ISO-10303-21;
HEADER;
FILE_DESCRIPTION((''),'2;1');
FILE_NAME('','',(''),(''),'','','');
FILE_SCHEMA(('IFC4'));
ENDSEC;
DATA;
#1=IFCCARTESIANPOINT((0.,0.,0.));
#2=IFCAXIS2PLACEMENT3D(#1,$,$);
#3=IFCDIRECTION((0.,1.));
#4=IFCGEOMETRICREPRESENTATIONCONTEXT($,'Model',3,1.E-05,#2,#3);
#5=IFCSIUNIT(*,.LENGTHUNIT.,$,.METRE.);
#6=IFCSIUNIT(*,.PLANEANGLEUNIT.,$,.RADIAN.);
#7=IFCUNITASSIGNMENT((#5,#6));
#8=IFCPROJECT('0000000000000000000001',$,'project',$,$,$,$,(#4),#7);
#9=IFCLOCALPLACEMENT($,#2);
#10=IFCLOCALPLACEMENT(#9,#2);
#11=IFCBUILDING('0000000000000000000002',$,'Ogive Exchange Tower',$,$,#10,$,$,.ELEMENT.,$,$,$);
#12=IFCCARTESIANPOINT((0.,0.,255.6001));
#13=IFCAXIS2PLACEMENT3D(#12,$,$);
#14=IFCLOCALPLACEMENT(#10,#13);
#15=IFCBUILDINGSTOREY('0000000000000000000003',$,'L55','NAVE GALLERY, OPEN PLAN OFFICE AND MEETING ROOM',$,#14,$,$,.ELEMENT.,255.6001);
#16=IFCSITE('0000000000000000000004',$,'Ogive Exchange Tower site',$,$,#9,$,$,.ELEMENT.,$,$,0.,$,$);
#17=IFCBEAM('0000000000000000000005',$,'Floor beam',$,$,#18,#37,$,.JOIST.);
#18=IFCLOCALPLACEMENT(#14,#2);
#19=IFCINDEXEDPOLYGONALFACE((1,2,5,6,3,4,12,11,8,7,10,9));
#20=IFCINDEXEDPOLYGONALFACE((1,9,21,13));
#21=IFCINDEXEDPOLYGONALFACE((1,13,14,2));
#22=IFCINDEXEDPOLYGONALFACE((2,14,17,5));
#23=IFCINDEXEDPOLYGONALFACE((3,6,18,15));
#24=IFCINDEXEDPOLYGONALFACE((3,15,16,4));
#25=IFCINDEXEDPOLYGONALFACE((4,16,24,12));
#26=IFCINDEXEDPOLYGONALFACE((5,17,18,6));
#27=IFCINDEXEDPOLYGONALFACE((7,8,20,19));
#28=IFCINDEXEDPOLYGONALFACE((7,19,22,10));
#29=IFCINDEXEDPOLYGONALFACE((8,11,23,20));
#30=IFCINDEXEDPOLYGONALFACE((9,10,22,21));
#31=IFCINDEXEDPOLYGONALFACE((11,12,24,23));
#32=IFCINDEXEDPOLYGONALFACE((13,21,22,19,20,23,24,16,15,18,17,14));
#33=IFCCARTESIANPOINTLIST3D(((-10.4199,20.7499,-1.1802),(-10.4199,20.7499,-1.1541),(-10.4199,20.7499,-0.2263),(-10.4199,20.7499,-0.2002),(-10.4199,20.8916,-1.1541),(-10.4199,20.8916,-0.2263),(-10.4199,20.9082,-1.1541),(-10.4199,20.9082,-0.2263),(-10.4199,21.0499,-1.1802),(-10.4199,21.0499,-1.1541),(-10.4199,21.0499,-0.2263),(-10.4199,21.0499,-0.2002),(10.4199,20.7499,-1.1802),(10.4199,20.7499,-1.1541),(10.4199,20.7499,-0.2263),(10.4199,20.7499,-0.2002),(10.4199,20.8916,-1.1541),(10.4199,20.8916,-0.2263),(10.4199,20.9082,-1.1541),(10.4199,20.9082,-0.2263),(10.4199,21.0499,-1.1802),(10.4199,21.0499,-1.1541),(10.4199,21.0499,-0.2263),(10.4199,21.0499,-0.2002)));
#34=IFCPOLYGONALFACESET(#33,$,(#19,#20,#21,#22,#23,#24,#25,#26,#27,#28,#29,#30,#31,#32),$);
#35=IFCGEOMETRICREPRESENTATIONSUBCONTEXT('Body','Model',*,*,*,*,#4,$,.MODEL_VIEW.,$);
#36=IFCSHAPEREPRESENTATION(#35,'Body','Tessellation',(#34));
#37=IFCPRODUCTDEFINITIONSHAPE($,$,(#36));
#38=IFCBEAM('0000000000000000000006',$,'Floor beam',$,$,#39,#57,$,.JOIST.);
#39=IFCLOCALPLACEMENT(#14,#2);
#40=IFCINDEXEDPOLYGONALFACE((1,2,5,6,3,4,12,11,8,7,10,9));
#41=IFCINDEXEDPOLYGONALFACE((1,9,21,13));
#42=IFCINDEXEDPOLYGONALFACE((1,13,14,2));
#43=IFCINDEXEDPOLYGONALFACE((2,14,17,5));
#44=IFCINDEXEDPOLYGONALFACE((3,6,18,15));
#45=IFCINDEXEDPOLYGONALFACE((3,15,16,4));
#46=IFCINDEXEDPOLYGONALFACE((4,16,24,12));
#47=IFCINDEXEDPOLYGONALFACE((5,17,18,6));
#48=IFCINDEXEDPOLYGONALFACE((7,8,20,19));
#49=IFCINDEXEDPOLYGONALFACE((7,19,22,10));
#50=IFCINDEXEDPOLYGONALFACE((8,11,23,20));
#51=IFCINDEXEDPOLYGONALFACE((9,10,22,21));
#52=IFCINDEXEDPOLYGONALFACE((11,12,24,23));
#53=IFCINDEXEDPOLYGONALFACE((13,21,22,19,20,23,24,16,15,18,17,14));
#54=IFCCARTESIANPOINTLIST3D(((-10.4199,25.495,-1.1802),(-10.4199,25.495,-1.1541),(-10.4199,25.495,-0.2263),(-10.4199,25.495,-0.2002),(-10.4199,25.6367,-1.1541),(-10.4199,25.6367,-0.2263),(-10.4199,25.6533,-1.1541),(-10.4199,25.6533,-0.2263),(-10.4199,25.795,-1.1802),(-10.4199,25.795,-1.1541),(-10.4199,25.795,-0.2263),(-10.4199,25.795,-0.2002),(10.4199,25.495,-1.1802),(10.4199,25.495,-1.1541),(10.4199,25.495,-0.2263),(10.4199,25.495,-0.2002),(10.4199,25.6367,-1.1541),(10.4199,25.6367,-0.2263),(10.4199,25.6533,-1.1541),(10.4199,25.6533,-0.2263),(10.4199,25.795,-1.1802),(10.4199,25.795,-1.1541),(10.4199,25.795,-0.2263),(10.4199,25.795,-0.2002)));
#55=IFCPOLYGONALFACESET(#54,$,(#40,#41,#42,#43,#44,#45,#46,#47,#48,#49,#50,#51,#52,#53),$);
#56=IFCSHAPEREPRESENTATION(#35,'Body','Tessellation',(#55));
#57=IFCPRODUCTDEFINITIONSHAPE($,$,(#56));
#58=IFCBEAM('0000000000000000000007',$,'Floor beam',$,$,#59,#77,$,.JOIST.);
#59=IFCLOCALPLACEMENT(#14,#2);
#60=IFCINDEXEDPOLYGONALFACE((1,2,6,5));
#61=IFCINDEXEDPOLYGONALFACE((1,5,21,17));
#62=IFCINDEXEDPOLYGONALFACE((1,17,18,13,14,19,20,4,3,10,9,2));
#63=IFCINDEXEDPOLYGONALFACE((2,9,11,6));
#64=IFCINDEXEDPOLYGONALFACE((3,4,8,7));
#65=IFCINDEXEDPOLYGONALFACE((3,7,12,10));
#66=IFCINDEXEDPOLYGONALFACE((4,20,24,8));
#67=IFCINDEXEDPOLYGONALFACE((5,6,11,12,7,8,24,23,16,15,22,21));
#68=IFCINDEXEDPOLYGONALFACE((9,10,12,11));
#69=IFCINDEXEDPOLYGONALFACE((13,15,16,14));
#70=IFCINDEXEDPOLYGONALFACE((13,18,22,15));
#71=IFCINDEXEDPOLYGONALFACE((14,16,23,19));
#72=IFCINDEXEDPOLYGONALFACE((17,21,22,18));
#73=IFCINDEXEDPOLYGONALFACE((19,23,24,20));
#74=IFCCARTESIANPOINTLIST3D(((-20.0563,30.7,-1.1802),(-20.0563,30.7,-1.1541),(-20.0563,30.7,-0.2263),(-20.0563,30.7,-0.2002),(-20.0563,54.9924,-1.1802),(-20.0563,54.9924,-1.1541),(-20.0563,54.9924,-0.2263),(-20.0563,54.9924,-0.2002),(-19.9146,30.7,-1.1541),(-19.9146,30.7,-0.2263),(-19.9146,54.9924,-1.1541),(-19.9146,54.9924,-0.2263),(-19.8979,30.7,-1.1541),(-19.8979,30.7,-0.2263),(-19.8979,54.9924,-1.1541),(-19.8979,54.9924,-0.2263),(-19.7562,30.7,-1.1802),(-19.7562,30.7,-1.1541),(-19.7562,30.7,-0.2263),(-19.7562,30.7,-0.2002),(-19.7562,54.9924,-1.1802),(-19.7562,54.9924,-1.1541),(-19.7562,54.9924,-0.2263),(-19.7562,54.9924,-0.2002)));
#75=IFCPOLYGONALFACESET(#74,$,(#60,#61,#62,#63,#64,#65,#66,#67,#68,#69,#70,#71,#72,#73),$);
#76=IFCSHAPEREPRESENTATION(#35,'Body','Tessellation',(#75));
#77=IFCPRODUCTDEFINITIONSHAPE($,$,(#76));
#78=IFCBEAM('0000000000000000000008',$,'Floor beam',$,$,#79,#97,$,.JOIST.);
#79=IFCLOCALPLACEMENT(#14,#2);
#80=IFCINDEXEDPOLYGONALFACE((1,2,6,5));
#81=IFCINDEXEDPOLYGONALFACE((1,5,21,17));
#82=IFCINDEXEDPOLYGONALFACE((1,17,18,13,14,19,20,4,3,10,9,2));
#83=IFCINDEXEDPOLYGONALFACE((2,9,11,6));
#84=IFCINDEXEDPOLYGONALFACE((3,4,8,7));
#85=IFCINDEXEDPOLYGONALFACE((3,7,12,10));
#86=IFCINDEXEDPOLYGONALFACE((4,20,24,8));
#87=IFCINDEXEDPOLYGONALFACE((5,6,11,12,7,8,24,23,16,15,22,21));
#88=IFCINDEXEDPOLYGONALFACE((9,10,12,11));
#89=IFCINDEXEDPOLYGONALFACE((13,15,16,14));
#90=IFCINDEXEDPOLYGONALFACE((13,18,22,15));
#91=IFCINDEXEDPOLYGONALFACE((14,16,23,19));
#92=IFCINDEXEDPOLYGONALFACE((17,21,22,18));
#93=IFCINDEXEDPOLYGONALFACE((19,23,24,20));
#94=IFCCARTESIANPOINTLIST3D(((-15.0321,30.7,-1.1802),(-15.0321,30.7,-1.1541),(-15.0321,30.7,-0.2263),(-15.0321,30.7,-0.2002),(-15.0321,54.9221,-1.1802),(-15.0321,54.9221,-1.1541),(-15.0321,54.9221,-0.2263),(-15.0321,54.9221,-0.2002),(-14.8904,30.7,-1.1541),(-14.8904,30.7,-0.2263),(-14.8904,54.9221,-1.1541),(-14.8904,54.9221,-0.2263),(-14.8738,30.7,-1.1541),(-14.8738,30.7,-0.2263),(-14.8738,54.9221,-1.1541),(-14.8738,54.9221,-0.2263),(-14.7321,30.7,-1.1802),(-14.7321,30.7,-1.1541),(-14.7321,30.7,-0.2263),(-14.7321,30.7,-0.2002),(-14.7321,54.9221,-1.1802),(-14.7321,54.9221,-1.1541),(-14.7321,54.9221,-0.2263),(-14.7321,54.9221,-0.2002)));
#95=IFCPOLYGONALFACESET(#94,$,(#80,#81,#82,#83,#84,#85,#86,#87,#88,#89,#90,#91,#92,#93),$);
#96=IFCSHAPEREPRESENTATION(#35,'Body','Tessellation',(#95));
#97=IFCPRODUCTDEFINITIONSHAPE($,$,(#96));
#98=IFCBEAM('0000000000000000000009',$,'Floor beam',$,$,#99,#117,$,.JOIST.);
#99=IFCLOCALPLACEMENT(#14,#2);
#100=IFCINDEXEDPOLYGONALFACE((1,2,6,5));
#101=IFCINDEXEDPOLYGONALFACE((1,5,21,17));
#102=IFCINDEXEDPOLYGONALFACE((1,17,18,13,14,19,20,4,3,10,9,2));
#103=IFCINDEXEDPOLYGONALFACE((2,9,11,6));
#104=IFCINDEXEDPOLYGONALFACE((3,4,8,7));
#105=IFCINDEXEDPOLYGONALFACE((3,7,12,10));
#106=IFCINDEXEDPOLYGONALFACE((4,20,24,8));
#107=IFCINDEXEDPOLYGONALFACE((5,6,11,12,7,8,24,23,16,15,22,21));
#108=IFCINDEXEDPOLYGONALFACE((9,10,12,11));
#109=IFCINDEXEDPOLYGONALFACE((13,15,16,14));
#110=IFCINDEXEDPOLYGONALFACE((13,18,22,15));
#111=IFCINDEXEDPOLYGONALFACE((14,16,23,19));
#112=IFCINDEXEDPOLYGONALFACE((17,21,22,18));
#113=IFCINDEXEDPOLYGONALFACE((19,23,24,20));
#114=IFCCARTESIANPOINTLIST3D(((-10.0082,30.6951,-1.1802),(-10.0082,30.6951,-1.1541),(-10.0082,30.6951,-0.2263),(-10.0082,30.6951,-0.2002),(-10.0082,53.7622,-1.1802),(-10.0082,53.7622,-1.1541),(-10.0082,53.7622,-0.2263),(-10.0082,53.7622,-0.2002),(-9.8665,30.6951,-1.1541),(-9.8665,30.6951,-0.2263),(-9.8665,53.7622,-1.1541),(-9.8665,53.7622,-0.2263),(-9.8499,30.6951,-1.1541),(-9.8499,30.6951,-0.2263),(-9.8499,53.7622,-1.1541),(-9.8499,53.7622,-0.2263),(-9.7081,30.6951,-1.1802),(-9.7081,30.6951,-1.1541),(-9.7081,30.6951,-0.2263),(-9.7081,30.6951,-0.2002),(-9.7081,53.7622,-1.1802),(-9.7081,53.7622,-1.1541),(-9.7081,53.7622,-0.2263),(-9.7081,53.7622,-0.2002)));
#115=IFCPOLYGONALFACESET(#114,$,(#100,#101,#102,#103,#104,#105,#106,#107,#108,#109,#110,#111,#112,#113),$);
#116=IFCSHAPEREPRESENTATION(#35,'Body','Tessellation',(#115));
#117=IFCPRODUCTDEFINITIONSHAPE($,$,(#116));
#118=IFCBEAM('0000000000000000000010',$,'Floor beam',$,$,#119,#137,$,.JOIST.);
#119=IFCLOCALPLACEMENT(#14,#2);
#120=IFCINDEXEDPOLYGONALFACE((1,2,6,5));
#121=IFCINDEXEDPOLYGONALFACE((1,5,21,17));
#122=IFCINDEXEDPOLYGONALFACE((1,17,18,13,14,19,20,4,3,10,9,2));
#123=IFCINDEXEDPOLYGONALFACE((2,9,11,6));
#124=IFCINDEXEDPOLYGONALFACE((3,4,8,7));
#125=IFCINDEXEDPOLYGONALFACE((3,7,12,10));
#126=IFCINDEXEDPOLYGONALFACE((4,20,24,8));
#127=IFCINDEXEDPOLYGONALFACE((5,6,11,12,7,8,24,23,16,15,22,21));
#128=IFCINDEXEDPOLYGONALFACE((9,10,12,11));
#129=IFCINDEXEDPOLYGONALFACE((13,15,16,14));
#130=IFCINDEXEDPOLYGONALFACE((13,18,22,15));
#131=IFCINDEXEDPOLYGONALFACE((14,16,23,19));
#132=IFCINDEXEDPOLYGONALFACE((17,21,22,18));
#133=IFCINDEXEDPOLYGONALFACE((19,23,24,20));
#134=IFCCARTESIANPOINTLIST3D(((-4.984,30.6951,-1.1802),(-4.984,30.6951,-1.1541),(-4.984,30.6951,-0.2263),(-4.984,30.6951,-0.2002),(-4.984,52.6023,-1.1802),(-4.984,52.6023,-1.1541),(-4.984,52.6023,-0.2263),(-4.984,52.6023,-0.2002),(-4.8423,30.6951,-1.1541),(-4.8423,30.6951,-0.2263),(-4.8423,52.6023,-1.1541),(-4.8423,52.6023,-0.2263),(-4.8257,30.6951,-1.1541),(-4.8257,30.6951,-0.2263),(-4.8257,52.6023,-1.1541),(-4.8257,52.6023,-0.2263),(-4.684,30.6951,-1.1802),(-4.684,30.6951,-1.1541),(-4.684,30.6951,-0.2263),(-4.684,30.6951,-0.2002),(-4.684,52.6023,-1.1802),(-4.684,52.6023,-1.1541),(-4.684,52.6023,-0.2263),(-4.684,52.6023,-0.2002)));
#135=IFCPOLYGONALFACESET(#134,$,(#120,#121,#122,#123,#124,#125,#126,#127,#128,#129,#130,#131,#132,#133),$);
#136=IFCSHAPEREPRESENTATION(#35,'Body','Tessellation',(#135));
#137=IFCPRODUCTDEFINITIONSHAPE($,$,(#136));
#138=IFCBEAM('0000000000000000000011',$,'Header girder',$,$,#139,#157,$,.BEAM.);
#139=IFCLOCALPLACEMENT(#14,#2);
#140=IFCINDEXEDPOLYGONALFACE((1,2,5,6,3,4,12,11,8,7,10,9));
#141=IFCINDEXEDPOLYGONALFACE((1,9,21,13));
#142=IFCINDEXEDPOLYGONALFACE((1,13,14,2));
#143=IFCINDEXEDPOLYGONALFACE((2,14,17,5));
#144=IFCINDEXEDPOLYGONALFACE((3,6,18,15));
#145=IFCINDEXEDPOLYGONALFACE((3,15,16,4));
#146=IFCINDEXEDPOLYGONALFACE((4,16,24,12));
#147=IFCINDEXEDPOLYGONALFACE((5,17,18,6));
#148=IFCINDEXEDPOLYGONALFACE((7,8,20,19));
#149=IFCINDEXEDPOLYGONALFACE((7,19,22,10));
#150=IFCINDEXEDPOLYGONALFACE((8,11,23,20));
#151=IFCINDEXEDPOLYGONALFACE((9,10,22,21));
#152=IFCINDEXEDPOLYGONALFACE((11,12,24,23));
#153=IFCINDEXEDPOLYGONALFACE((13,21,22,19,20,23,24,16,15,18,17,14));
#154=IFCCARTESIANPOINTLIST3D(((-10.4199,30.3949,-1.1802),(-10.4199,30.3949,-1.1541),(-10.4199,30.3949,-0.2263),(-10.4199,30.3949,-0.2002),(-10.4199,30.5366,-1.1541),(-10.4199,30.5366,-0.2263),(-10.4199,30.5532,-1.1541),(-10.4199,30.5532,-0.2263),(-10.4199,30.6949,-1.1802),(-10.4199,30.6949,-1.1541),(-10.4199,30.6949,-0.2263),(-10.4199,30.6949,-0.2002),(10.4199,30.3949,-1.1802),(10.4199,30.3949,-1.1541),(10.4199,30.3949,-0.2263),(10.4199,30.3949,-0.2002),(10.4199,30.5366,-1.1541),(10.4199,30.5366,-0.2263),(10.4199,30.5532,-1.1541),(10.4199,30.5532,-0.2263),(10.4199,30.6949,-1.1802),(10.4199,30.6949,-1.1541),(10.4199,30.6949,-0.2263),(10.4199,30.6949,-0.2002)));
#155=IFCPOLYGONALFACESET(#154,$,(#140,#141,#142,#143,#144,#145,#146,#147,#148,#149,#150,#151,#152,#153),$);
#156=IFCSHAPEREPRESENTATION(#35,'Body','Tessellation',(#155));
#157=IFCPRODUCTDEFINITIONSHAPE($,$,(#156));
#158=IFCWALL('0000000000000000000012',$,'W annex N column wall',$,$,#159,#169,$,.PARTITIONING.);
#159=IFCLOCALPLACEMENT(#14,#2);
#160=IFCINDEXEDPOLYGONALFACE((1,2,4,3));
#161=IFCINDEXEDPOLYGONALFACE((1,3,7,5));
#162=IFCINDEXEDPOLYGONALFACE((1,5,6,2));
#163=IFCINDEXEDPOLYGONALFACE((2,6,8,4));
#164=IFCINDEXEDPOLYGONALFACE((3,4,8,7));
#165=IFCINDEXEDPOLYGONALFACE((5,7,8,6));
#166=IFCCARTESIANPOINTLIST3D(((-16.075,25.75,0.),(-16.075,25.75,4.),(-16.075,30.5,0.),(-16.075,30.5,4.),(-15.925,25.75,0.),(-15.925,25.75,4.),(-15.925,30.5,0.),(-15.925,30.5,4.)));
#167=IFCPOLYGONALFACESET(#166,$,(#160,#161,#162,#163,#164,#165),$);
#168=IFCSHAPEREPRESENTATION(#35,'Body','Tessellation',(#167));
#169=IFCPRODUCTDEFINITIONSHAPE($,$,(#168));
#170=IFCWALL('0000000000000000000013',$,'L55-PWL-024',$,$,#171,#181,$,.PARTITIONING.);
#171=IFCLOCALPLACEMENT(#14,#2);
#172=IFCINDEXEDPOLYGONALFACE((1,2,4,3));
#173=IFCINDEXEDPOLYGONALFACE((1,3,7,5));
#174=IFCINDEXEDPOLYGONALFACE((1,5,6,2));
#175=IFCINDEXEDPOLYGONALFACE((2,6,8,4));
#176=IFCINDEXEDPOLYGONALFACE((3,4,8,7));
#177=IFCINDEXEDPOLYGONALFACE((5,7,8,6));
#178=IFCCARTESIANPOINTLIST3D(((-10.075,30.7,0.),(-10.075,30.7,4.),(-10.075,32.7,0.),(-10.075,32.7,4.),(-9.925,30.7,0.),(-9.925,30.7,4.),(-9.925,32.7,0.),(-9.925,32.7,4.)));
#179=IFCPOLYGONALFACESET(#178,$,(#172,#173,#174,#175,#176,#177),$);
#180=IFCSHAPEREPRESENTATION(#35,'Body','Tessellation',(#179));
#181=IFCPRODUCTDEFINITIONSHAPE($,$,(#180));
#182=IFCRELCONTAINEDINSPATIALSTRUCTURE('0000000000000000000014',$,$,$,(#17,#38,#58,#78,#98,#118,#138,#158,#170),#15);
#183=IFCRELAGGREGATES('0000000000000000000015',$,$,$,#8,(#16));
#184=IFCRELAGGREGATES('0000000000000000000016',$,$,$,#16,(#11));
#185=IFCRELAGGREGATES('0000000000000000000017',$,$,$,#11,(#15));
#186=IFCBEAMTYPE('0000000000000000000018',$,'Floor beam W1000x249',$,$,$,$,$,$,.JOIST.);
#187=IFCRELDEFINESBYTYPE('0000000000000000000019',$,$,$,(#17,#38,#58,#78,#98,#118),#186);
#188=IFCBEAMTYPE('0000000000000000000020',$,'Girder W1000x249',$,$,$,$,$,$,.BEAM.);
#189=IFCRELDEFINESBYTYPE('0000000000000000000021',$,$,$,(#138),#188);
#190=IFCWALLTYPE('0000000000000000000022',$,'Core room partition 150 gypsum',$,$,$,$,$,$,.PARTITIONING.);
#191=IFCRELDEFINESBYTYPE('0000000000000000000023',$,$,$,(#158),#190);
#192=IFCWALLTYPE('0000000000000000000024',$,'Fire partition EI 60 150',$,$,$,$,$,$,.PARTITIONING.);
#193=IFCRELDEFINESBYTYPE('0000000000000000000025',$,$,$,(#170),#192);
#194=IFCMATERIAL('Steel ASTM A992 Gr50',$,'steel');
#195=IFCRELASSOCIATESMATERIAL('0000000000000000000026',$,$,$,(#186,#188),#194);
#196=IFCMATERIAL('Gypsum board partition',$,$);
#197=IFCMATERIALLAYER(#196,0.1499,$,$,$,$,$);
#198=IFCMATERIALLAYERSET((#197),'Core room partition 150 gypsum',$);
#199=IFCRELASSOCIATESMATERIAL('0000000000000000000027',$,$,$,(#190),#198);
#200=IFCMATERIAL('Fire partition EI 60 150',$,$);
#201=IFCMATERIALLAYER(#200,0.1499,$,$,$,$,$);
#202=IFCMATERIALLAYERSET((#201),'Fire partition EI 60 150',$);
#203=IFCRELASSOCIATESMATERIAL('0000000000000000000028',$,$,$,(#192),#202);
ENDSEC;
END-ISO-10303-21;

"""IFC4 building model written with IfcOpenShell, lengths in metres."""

from ifc_helpers import new_model, si_unit, direction, frame, frame_2d, origin, origin_2d, place, context, subcontext, project, spatial, rectangle, i_section, extrude, material, layer, layer_set, material_profile, profile_set, type_object, element, save


model = new_model("IFC4")

# Units and contexts
model_context = context("Model", 3, precision=1e-05, world=origin(), true_north=direction((0.0, 1.0)))
body_context = subcontext(model_context, "Body", "Model", "MODEL_VIEW")
ifc_project = project(units=[si_unit("LENGTHUNIT", "METRE"), si_unit("PLANEANGLEUNIT", "RADIAN")], contexts=[model_context])

# Site, building, storey
site_placement = place(None, origin())
site = spatial("IfcSite", under=ifc_project, at=site_placement, Name="Ogive Exchange Tower site", CompositionType="ELEMENT", RefElevation=0.0)
building_placement = place(site_placement, origin())
building = spatial("IfcBuilding", under=site, at=building_placement, Name="Ogive Exchange Tower", CompositionType="ELEMENT")
storey_placement = place(building_placement, frame((0.0, 0.0, 255.6001)))
storey = spatial("IfcBuildingStorey", under=building, at=storey_placement, Name="L55", Description="NAVE GALLERY, OPEN PLAN OFFICE AND MEETING ROOM", CompositionType="ELEMENT", Elevation=255.6001)

# Beams
ifc_material_1 = material(Name="Steel ASTM A992 Gr50", Category="steel")
ifc_material_profile_1 = material_profile(ifc_material_1, i_section(OverallWidth=0.3, OverallDepth=0.98, WebThickness=0.0166, FlangeThickness=0.0261, at=origin_2d()), Name="W1000x249")
ifc_profile_set_1 = profile_set([ifc_material_profile_1], Name="Steel ASTM A992 Gr50")
beam_type_1 = type_object("IfcBeamType", Name="Floor beam W1000x249", PredefinedType="JOIST", material=ifc_profile_set_1)
for number, where, z_axis, x_axis, name in (
    (1, (-10.4199, 20.8999, -0.6902), (1.0, 0.0, 0.0), (0.0, 1.0, 0.0), "Floor beam"),
    (2, (-10.4199, 25.645, -0.6902), (1.0, 0.0, 0.0), (0.0, 1.0, 0.0), "Floor beam"),
):
    element("IfcBeam", number, at=place(storey_placement, frame(where, z_axis=z_axis, x_axis=x_axis)), inside=storey, type_object=beam_type_1, Name=name, PredefinedType="JOIST", context=body_context, shape_type="SweptSolid", body=[
        extrude(i_section(OverallWidth=0.3, OverallDepth=0.98, WebThickness=0.0166, FlangeThickness=0.0261, at=origin_2d()), origin(), (0.0, 0.0, 1.0), 20.8398),
    ])
beam_1_placement = place(storey_placement, frame((-19.9062, 30.7, -0.6902), z_axis=(0.0, 1.0, 0.0), x_axis=(-1.0, 0.0, 0.0)))
element("IfcBeam", 3, at=beam_1_placement, inside=storey, type_object=beam_type_1, Name="Floor beam", PredefinedType="JOIST", context=body_context, shape_type="SweptSolid", body=[
    extrude(i_section(OverallWidth=0.3, OverallDepth=0.98, WebThickness=0.0166, FlangeThickness=0.0261, at=origin_2d()), origin(), (0.0, 0.0, 1.0), 24.2925),
])
beam_2_placement = place(storey_placement, frame((-14.8821, 30.7, -0.6902), z_axis=(0.0, 1.0, 0.0), x_axis=(-1.0, 0.0, 0.0)))
element("IfcBeam", 4, at=beam_2_placement, inside=storey, type_object=beam_type_1, Name="Floor beam", PredefinedType="JOIST", context=body_context, shape_type="SweptSolid", body=[
    extrude(i_section(OverallWidth=0.3, OverallDepth=0.98, WebThickness=0.0166, FlangeThickness=0.0261, at=origin_2d()), origin(), (0.0, 0.0, 1.0), 24.2222),
])
beam_3_placement = place(storey_placement, frame((-9.8582, 30.6951, -0.6902), z_axis=(0.0, 1.0, 0.0), x_axis=(-1.0, 0.0, 0.0)))
element("IfcBeam", 5, at=beam_3_placement, inside=storey, type_object=beam_type_1, Name="Floor beam", PredefinedType="JOIST", context=body_context, shape_type="SweptSolid", body=[
    extrude(i_section(OverallWidth=0.3, OverallDepth=0.98, WebThickness=0.0166, FlangeThickness=0.0261, at=origin_2d()), origin(), (0.0, 0.0, 1.0), 23.0671),
])
beam_4_placement = place(storey_placement, frame((-4.834, 30.6951, -0.6902), z_axis=(0.0, 1.0, 0.0), x_axis=(-1.0, 0.0, 0.0)))
element("IfcBeam", 6, at=beam_4_placement, inside=storey, type_object=beam_type_1, Name="Floor beam", PredefinedType="JOIST", context=body_context, shape_type="SweptSolid", body=[
    extrude(i_section(OverallWidth=0.3, OverallDepth=0.98, WebThickness=0.0166, FlangeThickness=0.0261, at=origin_2d()), origin(), (0.0, 0.0, 1.0), 21.9072),
])
ifc_material_profile_2 = material_profile(ifc_material_1, i_section(OverallWidth=0.3, OverallDepth=0.98, WebThickness=0.0166, FlangeThickness=0.0261, at=origin_2d()), Name="W1000x249")
ifc_profile_set_2 = profile_set([ifc_material_profile_2], Name="Steel ASTM A992 Gr50")
beam_type_2 = type_object("IfcBeamType", Name="Girder W1000x249", PredefinedType="BEAM", material=ifc_profile_set_2)
beam_5_placement = place(storey_placement, frame((-10.4199, 30.5449, -0.6902), z_axis=(1.0, 0.0, 0.0), x_axis=(0.0, 1.0, 0.0)))
element("IfcBeam", 7, at=beam_5_placement, inside=storey, type_object=beam_type_2, Name="Header girder", PredefinedType="BEAM", context=body_context, shape_type="SweptSolid", body=[
    extrude(i_section(OverallWidth=0.3, OverallDepth=0.98, WebThickness=0.0166, FlangeThickness=0.0261, at=origin_2d()), origin(), (0.0, 0.0, 1.0), 20.8398),
])

# Walls
ifc_material_2 = material(Name="Gypsum board partition")
ifc_layer_1 = layer(ifc_material_2, 0.1499)
ifc_layer_set_1 = layer_set([ifc_layer_1], Name="Core room partition 150 gypsum")
wall_type_1 = type_object("IfcWallType", Name="Core room partition 150 gypsum", PredefinedType="PARTITIONING", material=ifc_layer_set_1)
wall_1_placement = place(storey_placement, frame((-16.0, 25.75, 0.0), z_axis=(0.0, 0.0, 1.0), x_axis=(0.0, 1.0, 0.0)))
element("IfcWall", 8, at=wall_1_placement, inside=storey, type_object=wall_type_1, Name="W annex N column wall", PredefinedType="PARTITIONING", context=body_context, shape_type="SweptSolid", body=[
    extrude(rectangle(XDim=4.75, YDim=0.1499, at=frame_2d((2.375, 0.0))), origin(), (0.0, 0.0, 1.0), 4.0),
])
ifc_material_3 = material(Name="Fire partition EI 60 150")
ifc_layer_2 = layer(ifc_material_3, 0.1499)
ifc_layer_set_2 = layer_set([ifc_layer_2], Name="Fire partition EI 60 150")
wall_type_2 = type_object("IfcWallType", Name="Fire partition EI 60 150", PredefinedType="PARTITIONING", material=ifc_layer_set_2)
wall_2_placement = place(storey_placement, frame((-10.0, 30.7, 0.0), z_axis=(0.0, 0.0, 1.0), x_axis=(0.0, 1.0, 0.0)))
element("IfcWall", 9, at=wall_2_placement, inside=storey, type_object=wall_type_2, Name="L55-PWL-024", PredefinedType="PARTITIONING", context=body_context, shape_type="SweptSolid", body=[
    extrude(rectangle(XDim=2.0, YDim=0.1499, at=frame_2d((1.0, 0.0))), origin(), (0.0, 0.0, 1.0), 4.0),
])

save(model, "model.ifc")
